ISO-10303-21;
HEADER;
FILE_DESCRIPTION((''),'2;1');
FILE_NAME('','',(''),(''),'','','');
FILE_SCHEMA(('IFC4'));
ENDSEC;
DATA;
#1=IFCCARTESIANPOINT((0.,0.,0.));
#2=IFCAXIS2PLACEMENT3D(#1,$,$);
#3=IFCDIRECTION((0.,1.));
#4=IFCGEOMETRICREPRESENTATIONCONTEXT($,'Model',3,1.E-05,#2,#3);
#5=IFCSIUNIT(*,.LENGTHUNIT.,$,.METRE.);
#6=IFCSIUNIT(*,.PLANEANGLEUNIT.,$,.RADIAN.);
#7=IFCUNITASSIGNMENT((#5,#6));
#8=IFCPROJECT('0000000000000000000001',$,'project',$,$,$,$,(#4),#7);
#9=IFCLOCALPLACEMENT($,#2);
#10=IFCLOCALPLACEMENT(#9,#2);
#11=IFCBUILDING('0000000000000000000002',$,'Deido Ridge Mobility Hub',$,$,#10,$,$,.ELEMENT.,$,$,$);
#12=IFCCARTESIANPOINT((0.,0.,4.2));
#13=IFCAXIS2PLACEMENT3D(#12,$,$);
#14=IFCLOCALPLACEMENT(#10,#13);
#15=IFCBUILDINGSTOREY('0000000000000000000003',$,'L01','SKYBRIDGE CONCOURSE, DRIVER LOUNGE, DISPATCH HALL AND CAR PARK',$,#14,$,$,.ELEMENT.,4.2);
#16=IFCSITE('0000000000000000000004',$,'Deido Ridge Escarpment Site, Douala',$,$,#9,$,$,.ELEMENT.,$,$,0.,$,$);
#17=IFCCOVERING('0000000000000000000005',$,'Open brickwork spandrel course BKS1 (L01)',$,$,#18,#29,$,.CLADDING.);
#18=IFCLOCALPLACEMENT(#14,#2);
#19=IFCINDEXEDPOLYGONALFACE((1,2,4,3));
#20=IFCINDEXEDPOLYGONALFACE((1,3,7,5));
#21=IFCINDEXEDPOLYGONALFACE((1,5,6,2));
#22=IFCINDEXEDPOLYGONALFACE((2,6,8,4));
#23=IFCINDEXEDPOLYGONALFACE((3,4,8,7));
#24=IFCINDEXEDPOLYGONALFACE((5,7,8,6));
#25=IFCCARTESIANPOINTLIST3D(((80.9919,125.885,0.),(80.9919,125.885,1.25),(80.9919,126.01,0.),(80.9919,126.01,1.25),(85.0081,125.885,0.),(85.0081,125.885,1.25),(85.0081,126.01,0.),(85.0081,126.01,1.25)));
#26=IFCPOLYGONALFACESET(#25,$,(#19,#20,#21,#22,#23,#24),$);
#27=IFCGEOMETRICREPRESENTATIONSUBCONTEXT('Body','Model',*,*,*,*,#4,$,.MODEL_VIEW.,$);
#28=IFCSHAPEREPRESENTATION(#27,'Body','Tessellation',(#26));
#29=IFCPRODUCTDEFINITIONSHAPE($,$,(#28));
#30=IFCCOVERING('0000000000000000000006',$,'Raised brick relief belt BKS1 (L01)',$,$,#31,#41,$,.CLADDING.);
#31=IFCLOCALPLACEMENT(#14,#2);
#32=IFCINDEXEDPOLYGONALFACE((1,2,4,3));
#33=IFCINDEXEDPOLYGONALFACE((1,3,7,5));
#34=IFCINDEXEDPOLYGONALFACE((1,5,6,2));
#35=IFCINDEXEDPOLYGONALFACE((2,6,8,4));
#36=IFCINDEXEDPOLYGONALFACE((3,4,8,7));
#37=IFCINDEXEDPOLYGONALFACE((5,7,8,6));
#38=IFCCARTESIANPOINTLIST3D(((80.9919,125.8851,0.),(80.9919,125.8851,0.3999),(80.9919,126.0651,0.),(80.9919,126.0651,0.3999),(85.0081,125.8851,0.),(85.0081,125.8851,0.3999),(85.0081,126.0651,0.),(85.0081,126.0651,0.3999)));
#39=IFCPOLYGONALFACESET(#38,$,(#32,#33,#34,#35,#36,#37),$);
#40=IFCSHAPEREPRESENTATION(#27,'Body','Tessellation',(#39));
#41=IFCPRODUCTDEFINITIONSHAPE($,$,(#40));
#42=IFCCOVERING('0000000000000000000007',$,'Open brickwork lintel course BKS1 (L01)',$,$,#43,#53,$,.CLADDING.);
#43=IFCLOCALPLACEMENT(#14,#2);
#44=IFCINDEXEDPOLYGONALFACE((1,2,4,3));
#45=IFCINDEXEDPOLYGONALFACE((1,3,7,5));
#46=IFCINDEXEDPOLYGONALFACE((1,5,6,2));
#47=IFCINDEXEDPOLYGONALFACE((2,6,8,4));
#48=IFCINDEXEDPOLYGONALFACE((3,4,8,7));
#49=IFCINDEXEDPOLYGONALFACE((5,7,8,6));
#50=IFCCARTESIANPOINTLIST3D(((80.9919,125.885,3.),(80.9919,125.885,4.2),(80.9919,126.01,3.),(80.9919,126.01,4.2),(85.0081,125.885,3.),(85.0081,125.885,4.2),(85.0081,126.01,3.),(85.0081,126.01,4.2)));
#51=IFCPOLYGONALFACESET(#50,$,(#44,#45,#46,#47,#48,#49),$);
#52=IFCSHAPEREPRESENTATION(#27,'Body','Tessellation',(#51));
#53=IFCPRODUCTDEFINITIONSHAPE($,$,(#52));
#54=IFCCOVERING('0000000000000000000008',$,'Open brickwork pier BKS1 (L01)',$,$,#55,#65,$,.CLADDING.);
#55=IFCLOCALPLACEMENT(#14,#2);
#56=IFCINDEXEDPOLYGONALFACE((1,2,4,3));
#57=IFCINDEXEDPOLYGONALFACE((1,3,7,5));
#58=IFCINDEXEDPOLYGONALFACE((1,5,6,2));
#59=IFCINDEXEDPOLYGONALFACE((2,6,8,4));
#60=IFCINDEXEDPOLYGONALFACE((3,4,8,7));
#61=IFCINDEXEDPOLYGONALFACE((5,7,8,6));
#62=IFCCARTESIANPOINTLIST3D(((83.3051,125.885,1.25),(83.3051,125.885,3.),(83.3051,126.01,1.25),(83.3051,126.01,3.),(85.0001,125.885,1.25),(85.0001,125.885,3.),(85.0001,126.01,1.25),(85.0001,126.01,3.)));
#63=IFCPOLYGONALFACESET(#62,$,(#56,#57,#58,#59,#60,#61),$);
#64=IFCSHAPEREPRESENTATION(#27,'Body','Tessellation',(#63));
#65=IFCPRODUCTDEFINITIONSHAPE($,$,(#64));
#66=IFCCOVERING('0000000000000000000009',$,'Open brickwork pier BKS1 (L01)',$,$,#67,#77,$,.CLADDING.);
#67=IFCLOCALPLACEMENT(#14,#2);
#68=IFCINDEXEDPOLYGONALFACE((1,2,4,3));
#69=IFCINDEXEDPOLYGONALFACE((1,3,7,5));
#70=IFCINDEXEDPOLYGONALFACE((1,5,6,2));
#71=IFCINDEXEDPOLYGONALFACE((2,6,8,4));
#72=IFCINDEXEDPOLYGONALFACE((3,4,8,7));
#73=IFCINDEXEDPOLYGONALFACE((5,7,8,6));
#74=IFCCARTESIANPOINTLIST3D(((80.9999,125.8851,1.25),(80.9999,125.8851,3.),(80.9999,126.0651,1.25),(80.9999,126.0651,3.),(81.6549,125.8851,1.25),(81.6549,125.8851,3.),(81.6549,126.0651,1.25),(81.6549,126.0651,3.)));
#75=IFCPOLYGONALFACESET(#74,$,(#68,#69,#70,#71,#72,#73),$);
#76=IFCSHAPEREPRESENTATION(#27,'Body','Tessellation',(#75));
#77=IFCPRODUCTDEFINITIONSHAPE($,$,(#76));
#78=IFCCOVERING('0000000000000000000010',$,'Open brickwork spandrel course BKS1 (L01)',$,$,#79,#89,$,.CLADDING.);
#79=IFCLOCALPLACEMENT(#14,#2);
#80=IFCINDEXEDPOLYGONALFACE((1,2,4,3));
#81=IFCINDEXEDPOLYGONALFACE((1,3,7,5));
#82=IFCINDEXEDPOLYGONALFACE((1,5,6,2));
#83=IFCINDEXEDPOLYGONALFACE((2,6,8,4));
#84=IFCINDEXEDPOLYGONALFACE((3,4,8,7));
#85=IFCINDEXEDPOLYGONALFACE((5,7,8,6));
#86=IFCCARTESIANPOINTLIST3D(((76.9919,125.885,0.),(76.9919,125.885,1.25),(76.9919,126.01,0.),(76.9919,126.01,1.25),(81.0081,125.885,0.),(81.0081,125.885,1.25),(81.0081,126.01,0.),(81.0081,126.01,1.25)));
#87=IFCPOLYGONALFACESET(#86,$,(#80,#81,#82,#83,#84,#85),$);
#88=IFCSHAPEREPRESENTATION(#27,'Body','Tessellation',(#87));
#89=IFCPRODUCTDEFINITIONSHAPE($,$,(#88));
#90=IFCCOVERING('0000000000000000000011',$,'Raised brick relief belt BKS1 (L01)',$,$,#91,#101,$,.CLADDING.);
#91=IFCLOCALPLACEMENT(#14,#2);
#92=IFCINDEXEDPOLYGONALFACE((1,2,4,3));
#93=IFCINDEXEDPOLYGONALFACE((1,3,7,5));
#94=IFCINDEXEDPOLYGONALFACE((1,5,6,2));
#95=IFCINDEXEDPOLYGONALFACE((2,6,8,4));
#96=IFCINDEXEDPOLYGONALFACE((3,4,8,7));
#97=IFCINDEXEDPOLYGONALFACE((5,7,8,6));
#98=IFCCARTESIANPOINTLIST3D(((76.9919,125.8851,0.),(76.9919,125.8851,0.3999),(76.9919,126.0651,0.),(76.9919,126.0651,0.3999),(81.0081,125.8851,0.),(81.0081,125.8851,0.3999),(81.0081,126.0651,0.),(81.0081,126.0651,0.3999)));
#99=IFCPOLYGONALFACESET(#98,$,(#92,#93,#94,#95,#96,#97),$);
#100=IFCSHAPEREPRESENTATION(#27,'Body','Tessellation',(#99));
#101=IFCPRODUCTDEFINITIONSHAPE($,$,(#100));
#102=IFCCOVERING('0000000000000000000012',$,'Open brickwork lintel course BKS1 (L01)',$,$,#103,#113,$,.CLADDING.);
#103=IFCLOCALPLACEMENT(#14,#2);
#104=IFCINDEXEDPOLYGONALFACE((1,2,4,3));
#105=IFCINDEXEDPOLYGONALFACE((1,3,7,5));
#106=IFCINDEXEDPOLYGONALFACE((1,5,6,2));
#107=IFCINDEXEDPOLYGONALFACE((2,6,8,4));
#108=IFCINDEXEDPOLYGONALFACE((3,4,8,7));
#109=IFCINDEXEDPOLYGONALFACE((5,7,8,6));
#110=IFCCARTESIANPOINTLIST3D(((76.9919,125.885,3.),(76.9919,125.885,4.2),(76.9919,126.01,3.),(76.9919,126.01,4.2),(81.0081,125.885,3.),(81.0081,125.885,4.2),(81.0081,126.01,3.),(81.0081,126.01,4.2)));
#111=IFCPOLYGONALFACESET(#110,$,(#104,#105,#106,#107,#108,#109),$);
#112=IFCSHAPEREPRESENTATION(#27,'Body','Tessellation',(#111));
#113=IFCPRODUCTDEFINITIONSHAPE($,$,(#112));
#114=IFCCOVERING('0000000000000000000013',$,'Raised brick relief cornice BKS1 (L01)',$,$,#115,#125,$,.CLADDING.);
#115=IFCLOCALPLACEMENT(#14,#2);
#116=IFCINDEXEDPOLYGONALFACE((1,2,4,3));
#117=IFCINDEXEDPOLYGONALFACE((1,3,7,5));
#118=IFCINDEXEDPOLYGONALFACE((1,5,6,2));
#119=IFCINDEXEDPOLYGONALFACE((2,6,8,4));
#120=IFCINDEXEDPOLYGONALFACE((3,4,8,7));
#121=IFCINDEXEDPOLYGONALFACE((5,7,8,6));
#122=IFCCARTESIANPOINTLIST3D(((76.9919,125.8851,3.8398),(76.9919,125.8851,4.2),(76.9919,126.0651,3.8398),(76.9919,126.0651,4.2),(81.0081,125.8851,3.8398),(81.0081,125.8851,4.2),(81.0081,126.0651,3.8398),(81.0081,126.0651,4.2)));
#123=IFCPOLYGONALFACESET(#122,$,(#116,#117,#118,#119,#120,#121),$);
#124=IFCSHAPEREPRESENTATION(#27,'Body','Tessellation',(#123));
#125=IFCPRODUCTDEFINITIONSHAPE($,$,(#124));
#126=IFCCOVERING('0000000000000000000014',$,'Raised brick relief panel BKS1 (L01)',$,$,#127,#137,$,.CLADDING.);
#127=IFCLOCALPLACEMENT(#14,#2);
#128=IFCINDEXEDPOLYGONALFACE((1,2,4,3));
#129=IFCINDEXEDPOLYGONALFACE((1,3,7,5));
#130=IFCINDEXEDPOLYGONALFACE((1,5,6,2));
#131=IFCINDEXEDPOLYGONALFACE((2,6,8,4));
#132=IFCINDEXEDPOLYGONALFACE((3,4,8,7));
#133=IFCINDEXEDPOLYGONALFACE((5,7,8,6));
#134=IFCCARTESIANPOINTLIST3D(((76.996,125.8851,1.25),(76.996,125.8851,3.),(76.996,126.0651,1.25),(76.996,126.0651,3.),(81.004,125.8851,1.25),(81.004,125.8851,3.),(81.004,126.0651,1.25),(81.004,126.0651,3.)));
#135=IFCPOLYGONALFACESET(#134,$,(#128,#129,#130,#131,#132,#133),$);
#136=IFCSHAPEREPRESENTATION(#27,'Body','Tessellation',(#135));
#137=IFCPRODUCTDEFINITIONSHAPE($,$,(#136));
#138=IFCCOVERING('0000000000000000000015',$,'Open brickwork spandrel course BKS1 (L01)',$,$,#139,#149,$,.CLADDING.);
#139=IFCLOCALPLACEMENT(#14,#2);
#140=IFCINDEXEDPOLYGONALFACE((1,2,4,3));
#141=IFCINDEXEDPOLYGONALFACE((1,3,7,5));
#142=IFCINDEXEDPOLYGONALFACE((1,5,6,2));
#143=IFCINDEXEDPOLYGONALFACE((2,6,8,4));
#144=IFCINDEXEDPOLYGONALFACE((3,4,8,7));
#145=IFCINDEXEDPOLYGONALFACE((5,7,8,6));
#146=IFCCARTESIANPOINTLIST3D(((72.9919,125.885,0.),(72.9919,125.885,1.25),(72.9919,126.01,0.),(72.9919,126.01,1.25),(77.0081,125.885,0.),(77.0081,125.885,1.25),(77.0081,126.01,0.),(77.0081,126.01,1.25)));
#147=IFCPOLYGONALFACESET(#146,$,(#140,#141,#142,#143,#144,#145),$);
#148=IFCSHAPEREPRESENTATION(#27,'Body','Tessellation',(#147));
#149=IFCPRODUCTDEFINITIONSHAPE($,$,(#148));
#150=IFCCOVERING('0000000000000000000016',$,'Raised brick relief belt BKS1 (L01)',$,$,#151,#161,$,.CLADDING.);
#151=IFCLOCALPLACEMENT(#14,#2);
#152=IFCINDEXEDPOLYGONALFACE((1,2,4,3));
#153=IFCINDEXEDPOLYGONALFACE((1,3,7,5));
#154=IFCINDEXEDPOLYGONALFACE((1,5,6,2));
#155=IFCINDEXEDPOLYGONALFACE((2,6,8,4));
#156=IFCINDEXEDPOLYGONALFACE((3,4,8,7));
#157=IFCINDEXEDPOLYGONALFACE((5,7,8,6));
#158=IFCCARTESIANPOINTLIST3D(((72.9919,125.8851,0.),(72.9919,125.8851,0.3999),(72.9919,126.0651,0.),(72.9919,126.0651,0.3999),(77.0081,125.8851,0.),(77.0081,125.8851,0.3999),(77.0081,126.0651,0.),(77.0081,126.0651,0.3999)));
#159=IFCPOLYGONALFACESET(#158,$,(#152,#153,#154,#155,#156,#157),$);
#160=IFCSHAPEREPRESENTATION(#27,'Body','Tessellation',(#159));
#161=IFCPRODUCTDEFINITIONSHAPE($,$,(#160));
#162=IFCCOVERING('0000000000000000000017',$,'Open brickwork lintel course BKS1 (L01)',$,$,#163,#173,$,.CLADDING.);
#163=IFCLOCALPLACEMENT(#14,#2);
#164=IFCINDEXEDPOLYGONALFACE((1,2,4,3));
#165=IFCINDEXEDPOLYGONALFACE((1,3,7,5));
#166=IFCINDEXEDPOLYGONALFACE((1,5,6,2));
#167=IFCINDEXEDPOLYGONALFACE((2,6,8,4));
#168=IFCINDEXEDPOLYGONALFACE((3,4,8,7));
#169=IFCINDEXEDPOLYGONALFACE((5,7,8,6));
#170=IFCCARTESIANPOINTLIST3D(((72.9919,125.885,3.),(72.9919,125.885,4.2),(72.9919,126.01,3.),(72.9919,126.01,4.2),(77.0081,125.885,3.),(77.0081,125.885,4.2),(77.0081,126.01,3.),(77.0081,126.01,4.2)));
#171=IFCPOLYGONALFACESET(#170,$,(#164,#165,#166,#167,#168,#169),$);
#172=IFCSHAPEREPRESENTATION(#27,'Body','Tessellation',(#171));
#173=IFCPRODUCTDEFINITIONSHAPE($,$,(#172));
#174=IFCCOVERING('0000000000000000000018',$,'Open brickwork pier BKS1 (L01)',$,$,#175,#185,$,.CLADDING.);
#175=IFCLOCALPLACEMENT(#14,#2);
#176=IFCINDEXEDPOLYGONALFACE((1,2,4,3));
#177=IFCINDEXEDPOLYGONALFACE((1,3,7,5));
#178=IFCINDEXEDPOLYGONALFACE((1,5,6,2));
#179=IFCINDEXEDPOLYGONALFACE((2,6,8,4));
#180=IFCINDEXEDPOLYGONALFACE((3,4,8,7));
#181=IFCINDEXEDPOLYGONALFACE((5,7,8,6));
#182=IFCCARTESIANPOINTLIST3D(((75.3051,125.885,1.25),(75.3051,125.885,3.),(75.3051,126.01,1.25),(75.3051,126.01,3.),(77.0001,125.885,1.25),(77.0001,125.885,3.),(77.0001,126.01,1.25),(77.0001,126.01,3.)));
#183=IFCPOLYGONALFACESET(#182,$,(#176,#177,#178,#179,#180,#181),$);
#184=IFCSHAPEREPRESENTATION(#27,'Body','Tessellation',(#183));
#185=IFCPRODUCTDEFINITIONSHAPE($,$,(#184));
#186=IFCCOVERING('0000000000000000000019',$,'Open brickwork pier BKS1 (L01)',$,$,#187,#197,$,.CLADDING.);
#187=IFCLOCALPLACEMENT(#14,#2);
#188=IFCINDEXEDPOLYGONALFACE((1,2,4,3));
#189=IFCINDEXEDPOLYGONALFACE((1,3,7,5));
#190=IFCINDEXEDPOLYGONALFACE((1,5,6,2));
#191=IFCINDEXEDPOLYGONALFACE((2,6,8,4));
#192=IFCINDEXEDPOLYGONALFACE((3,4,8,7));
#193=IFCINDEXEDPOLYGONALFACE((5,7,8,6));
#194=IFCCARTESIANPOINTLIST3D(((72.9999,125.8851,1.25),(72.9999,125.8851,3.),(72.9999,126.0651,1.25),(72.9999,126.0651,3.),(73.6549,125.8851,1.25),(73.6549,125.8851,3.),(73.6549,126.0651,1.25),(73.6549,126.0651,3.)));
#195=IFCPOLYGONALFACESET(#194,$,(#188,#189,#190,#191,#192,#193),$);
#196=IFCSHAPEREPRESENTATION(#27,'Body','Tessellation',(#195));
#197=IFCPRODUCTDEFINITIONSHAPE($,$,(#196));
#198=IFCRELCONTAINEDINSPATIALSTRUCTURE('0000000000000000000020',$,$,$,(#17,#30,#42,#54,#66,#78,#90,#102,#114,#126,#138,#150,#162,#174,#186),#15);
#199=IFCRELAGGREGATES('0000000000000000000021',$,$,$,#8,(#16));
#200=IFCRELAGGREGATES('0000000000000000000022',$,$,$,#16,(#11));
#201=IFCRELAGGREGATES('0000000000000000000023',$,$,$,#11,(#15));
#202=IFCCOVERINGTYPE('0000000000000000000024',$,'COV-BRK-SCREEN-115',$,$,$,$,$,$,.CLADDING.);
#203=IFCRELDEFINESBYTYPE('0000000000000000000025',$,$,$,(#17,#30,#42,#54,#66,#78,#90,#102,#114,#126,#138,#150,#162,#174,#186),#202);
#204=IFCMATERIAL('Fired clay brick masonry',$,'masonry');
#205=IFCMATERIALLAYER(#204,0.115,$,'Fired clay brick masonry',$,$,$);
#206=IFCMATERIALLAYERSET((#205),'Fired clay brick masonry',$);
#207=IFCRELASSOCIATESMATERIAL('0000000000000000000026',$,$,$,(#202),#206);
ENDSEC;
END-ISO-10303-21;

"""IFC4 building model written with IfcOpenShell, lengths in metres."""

from ifc_helpers import new_model, si_unit, direction, frame, origin, origin_2d, place, context, subcontext, project, spatial, rectangle, extrude, material, layer, layer_set, type_object, element, save


model = new_model("IFC4")

# Units and contexts
model_context = context("Model", 3, precision=1e-05, world=origin(), true_north=direction((0.0, 1.0)))
body_context = subcontext(model_context, "Body", "Model", "MODEL_VIEW")
ifc_project = project(units=[si_unit("LENGTHUNIT", "METRE"), si_unit("PLANEANGLEUNIT", "RADIAN")], contexts=[model_context])

# Site, building, storey
site_placement = place(None, origin())
site = spatial("IfcSite", under=ifc_project, at=site_placement, Name="Deido Ridge Escarpment Site, Douala", CompositionType="ELEMENT", RefElevation=0.0)
building_placement = place(site_placement, origin())
building = spatial("IfcBuilding", under=site, at=building_placement, Name="Deido Ridge Mobility Hub", CompositionType="ELEMENT")
storey_placement = place(building_placement, frame((0.0, 0.0, 4.2)))
storey = spatial("IfcBuildingStorey", under=building, at=storey_placement, Name="L01", Description="SKYBRIDGE CONCOURSE, DRIVER LOUNGE, DISPATCH HALL AND CAR PARK", CompositionType="ELEMENT", Elevation=4.2)

# Coverings
ifc_material_1 = material(Name="Fired clay brick masonry", Category="masonry")
ifc_layer = layer(ifc_material_1, 0.115, Name="Fired clay brick masonry")
ifc_layer_set = layer_set([ifc_layer], Name="Fired clay brick masonry")
covering_type = type_object("IfcCoveringType", Name="COV-BRK-SCREEN-115", PredefinedType="CLADDING", material=ifc_layer_set)
covering_1_placement = place(storey_placement, frame((83.0, 125.9475, 0.0), z_axis=(0.0, 0.0, 1.0), x_axis=(-1.0, 0.0, 0.0)))
element("IfcCovering", 1, at=covering_1_placement, inside=storey, type_object=covering_type, Name="Open brickwork spandrel course BKS1 (L01)", PredefinedType="CLADDING", context=body_context, shape_type="SweptSolid", body=[
    extrude(rectangle(XDim=4.0161, YDim=0.125, at=origin_2d()), origin(), (0.0, 0.0, 1.0), 1.25),
])
covering_2_placement = place(storey_placement, frame((83.0, 125.9751, 0.0), z_axis=(0.0, 0.0, 1.0), x_axis=(-1.0, 0.0, 0.0)))
element("IfcCovering", 2, at=covering_2_placement, inside=storey, type_object=covering_type, Name="Raised brick relief belt BKS1 (L01)", PredefinedType="CLADDING", context=body_context, shape_type="SweptSolid", body=[
    extrude(rectangle(XDim=4.0161, YDim=0.1799, at=origin_2d()), origin(), (0.0, 0.0, 1.0), 0.3999),
])
covering_3_placement = place(storey_placement, frame((83.0, 125.9475, 3.0), z_axis=(0.0, 0.0, 1.0), x_axis=(-1.0, 0.0, 0.0)))
element("IfcCovering", 3, at=covering_3_placement, inside=storey, type_object=covering_type, Name="Open brickwork lintel course BKS1 (L01)", PredefinedType="CLADDING", context=body_context, shape_type="SweptSolid", body=[
    extrude(rectangle(XDim=4.0161, YDim=0.125, at=origin_2d()), origin(), (0.0, 0.0, 1.0), 1.2),
])
covering_4_placement = place(storey_placement, frame((84.1526, 125.9475, 1.25), z_axis=(0.0, 0.0, 1.0), x_axis=(-1.0, 0.0, 0.0)))
element("IfcCovering", 4, at=covering_4_placement, inside=storey, type_object=covering_type, Name="Open brickwork pier BKS1 (L01)", PredefinedType="CLADDING", context=body_context, shape_type="SweptSolid", body=[
    extrude(rectangle(XDim=1.6951, YDim=0.125, at=origin_2d()), origin(), (0.0, 0.0, 1.0), 1.75),
])
covering_5_placement = place(storey_placement, frame((81.3274, 125.9751, 1.25), z_axis=(0.0, 0.0, 1.0), x_axis=(-1.0, 0.0, 0.0)))
element("IfcCovering", 5, at=covering_5_placement, inside=storey, type_object=covering_type, Name="Open brickwork pier BKS1 (L01)", PredefinedType="CLADDING", context=body_context, shape_type="SweptSolid", body=[
    extrude(rectangle(XDim=0.655, YDim=0.1799, at=origin_2d()), origin(), (0.0, 0.0, 1.0), 1.75),
])
covering_6_placement = place(storey_placement, frame((79.0, 125.9475, 0.0), z_axis=(0.0, 0.0, 1.0), x_axis=(-1.0, 0.0, 0.0)))
element("IfcCovering", 6, at=covering_6_placement, inside=storey, type_object=covering_type, Name="Open brickwork spandrel course BKS1 (L01)", PredefinedType="CLADDING", context=body_context, shape_type="SweptSolid", body=[
    extrude(rectangle(XDim=4.0161, YDim=0.125, at=origin_2d()), origin(), (0.0, 0.0, 1.0), 1.25),
])
covering_7_placement = place(storey_placement, frame((79.0, 125.9751, 0.0), z_axis=(0.0, 0.0, 1.0), x_axis=(-1.0, 0.0, 0.0)))
element("IfcCovering", 7, at=covering_7_placement, inside=storey, type_object=covering_type, Name="Raised brick relief belt BKS1 (L01)", PredefinedType="CLADDING", context=body_context, shape_type="SweptSolid", body=[
    extrude(rectangle(XDim=4.0161, YDim=0.1799, at=origin_2d()), origin(), (0.0, 0.0, 1.0), 0.3999),
])
covering_8_placement = place(storey_placement, frame((79.0, 125.9475, 3.0), z_axis=(0.0, 0.0, 1.0), x_axis=(-1.0, 0.0, 0.0)))
element("IfcCovering", 8, at=covering_8_placement, inside=storey, type_object=covering_type, Name="Open brickwork lintel course BKS1 (L01)", PredefinedType="CLADDING", context=body_context, shape_type="SweptSolid", body=[
    extrude(rectangle(XDim=4.0161, YDim=0.125, at=origin_2d()), origin(), (0.0, 0.0, 1.0), 1.2),
])
covering_9_placement = place(storey_placement, frame((79.0, 125.9751, 3.8398), z_axis=(0.0, 0.0, 1.0), x_axis=(-1.0, 0.0, 0.0)))
element("IfcCovering", 9, at=covering_9_placement, inside=storey, type_object=covering_type, Name="Raised brick relief cornice BKS1 (L01)", PredefinedType="CLADDING", context=body_context, shape_type="SweptSolid", body=[
    extrude(rectangle(XDim=4.0161, YDim=0.1799, at=origin_2d()), origin(), (0.0, 0.0, 1.0), 0.3601),
])
covering_10_placement = place(storey_placement, frame((79.0, 125.9751, 1.25), z_axis=(0.0, 0.0, 1.0), x_axis=(-1.0, 0.0, 0.0)))
element("IfcCovering", 10, at=covering_10_placement, inside=storey, type_object=covering_type, Name="Raised brick relief panel BKS1 (L01)", PredefinedType="CLADDING", context=body_context, shape_type="SweptSolid", body=[
    extrude(rectangle(XDim=4.0081, YDim=0.1799, at=origin_2d()), origin(), (0.0, 0.0, 1.0), 1.75),
])
covering_11_placement = place(storey_placement, frame((75.0, 125.9475, 0.0), z_axis=(0.0, 0.0, 1.0), x_axis=(-1.0, 0.0, 0.0)))
element("IfcCovering", 11, at=covering_11_placement, inside=storey, type_object=covering_type, Name="Open brickwork spandrel course BKS1 (L01)", PredefinedType="CLADDING", context=body_context, shape_type="SweptSolid", body=[
    extrude(rectangle(XDim=4.0161, YDim=0.125, at=origin_2d()), origin(), (0.0, 0.0, 1.0), 1.25),
])
covering_12_placement = place(storey_placement, frame((75.0, 125.9751, 0.0), z_axis=(0.0, 0.0, 1.0), x_axis=(-1.0, 0.0, 0.0)))
element("IfcCovering", 12, at=covering_12_placement, inside=storey, type_object=covering_type, Name="Raised brick relief belt BKS1 (L01)", PredefinedType="CLADDING", context=body_context, shape_type="SweptSolid", body=[
    extrude(rectangle(XDim=4.0161, YDim=0.1799, at=origin_2d()), origin(), (0.0, 0.0, 1.0), 0.3999),
])
covering_13_placement = place(storey_placement, frame((75.0, 125.9475, 3.0), z_axis=(0.0, 0.0, 1.0), x_axis=(-1.0, 0.0, 0.0)))
element("IfcCovering", 13, at=covering_13_placement, inside=storey, type_object=covering_type, Name="Open brickwork lintel course BKS1 (L01)", PredefinedType="CLADDING", context=body_context, shape_type="SweptSolid", body=[
    extrude(rectangle(XDim=4.0161, YDim=0.125, at=origin_2d()), origin(), (0.0, 0.0, 1.0), 1.2),
])
covering_14_placement = place(storey_placement, frame((76.1526, 125.9475, 1.25), z_axis=(0.0, 0.0, 1.0), x_axis=(-1.0, 0.0, 0.0)))
element("IfcCovering", 14, at=covering_14_placement, inside=storey, type_object=covering_type, Name="Open brickwork pier BKS1 (L01)", PredefinedType="CLADDING", context=body_context, shape_type="SweptSolid", body=[
    extrude(rectangle(XDim=1.6951, YDim=0.125, at=origin_2d()), origin(), (0.0, 0.0, 1.0), 1.75),
])
covering_15_placement = place(storey_placement, frame((73.3274, 125.9751, 1.25), z_axis=(0.0, 0.0, 1.0), x_axis=(-1.0, 0.0, 0.0)))
element("IfcCovering", 15, at=covering_15_placement, inside=storey, type_object=covering_type, Name="Open brickwork pier BKS1 (L01)", PredefinedType="CLADDING", context=body_context, shape_type="SweptSolid", body=[
    extrude(rectangle(XDim=0.655, YDim=0.1799, at=origin_2d()), origin(), (0.0, 0.0, 1.0), 1.75),
])

save(model, "model.ifc")
